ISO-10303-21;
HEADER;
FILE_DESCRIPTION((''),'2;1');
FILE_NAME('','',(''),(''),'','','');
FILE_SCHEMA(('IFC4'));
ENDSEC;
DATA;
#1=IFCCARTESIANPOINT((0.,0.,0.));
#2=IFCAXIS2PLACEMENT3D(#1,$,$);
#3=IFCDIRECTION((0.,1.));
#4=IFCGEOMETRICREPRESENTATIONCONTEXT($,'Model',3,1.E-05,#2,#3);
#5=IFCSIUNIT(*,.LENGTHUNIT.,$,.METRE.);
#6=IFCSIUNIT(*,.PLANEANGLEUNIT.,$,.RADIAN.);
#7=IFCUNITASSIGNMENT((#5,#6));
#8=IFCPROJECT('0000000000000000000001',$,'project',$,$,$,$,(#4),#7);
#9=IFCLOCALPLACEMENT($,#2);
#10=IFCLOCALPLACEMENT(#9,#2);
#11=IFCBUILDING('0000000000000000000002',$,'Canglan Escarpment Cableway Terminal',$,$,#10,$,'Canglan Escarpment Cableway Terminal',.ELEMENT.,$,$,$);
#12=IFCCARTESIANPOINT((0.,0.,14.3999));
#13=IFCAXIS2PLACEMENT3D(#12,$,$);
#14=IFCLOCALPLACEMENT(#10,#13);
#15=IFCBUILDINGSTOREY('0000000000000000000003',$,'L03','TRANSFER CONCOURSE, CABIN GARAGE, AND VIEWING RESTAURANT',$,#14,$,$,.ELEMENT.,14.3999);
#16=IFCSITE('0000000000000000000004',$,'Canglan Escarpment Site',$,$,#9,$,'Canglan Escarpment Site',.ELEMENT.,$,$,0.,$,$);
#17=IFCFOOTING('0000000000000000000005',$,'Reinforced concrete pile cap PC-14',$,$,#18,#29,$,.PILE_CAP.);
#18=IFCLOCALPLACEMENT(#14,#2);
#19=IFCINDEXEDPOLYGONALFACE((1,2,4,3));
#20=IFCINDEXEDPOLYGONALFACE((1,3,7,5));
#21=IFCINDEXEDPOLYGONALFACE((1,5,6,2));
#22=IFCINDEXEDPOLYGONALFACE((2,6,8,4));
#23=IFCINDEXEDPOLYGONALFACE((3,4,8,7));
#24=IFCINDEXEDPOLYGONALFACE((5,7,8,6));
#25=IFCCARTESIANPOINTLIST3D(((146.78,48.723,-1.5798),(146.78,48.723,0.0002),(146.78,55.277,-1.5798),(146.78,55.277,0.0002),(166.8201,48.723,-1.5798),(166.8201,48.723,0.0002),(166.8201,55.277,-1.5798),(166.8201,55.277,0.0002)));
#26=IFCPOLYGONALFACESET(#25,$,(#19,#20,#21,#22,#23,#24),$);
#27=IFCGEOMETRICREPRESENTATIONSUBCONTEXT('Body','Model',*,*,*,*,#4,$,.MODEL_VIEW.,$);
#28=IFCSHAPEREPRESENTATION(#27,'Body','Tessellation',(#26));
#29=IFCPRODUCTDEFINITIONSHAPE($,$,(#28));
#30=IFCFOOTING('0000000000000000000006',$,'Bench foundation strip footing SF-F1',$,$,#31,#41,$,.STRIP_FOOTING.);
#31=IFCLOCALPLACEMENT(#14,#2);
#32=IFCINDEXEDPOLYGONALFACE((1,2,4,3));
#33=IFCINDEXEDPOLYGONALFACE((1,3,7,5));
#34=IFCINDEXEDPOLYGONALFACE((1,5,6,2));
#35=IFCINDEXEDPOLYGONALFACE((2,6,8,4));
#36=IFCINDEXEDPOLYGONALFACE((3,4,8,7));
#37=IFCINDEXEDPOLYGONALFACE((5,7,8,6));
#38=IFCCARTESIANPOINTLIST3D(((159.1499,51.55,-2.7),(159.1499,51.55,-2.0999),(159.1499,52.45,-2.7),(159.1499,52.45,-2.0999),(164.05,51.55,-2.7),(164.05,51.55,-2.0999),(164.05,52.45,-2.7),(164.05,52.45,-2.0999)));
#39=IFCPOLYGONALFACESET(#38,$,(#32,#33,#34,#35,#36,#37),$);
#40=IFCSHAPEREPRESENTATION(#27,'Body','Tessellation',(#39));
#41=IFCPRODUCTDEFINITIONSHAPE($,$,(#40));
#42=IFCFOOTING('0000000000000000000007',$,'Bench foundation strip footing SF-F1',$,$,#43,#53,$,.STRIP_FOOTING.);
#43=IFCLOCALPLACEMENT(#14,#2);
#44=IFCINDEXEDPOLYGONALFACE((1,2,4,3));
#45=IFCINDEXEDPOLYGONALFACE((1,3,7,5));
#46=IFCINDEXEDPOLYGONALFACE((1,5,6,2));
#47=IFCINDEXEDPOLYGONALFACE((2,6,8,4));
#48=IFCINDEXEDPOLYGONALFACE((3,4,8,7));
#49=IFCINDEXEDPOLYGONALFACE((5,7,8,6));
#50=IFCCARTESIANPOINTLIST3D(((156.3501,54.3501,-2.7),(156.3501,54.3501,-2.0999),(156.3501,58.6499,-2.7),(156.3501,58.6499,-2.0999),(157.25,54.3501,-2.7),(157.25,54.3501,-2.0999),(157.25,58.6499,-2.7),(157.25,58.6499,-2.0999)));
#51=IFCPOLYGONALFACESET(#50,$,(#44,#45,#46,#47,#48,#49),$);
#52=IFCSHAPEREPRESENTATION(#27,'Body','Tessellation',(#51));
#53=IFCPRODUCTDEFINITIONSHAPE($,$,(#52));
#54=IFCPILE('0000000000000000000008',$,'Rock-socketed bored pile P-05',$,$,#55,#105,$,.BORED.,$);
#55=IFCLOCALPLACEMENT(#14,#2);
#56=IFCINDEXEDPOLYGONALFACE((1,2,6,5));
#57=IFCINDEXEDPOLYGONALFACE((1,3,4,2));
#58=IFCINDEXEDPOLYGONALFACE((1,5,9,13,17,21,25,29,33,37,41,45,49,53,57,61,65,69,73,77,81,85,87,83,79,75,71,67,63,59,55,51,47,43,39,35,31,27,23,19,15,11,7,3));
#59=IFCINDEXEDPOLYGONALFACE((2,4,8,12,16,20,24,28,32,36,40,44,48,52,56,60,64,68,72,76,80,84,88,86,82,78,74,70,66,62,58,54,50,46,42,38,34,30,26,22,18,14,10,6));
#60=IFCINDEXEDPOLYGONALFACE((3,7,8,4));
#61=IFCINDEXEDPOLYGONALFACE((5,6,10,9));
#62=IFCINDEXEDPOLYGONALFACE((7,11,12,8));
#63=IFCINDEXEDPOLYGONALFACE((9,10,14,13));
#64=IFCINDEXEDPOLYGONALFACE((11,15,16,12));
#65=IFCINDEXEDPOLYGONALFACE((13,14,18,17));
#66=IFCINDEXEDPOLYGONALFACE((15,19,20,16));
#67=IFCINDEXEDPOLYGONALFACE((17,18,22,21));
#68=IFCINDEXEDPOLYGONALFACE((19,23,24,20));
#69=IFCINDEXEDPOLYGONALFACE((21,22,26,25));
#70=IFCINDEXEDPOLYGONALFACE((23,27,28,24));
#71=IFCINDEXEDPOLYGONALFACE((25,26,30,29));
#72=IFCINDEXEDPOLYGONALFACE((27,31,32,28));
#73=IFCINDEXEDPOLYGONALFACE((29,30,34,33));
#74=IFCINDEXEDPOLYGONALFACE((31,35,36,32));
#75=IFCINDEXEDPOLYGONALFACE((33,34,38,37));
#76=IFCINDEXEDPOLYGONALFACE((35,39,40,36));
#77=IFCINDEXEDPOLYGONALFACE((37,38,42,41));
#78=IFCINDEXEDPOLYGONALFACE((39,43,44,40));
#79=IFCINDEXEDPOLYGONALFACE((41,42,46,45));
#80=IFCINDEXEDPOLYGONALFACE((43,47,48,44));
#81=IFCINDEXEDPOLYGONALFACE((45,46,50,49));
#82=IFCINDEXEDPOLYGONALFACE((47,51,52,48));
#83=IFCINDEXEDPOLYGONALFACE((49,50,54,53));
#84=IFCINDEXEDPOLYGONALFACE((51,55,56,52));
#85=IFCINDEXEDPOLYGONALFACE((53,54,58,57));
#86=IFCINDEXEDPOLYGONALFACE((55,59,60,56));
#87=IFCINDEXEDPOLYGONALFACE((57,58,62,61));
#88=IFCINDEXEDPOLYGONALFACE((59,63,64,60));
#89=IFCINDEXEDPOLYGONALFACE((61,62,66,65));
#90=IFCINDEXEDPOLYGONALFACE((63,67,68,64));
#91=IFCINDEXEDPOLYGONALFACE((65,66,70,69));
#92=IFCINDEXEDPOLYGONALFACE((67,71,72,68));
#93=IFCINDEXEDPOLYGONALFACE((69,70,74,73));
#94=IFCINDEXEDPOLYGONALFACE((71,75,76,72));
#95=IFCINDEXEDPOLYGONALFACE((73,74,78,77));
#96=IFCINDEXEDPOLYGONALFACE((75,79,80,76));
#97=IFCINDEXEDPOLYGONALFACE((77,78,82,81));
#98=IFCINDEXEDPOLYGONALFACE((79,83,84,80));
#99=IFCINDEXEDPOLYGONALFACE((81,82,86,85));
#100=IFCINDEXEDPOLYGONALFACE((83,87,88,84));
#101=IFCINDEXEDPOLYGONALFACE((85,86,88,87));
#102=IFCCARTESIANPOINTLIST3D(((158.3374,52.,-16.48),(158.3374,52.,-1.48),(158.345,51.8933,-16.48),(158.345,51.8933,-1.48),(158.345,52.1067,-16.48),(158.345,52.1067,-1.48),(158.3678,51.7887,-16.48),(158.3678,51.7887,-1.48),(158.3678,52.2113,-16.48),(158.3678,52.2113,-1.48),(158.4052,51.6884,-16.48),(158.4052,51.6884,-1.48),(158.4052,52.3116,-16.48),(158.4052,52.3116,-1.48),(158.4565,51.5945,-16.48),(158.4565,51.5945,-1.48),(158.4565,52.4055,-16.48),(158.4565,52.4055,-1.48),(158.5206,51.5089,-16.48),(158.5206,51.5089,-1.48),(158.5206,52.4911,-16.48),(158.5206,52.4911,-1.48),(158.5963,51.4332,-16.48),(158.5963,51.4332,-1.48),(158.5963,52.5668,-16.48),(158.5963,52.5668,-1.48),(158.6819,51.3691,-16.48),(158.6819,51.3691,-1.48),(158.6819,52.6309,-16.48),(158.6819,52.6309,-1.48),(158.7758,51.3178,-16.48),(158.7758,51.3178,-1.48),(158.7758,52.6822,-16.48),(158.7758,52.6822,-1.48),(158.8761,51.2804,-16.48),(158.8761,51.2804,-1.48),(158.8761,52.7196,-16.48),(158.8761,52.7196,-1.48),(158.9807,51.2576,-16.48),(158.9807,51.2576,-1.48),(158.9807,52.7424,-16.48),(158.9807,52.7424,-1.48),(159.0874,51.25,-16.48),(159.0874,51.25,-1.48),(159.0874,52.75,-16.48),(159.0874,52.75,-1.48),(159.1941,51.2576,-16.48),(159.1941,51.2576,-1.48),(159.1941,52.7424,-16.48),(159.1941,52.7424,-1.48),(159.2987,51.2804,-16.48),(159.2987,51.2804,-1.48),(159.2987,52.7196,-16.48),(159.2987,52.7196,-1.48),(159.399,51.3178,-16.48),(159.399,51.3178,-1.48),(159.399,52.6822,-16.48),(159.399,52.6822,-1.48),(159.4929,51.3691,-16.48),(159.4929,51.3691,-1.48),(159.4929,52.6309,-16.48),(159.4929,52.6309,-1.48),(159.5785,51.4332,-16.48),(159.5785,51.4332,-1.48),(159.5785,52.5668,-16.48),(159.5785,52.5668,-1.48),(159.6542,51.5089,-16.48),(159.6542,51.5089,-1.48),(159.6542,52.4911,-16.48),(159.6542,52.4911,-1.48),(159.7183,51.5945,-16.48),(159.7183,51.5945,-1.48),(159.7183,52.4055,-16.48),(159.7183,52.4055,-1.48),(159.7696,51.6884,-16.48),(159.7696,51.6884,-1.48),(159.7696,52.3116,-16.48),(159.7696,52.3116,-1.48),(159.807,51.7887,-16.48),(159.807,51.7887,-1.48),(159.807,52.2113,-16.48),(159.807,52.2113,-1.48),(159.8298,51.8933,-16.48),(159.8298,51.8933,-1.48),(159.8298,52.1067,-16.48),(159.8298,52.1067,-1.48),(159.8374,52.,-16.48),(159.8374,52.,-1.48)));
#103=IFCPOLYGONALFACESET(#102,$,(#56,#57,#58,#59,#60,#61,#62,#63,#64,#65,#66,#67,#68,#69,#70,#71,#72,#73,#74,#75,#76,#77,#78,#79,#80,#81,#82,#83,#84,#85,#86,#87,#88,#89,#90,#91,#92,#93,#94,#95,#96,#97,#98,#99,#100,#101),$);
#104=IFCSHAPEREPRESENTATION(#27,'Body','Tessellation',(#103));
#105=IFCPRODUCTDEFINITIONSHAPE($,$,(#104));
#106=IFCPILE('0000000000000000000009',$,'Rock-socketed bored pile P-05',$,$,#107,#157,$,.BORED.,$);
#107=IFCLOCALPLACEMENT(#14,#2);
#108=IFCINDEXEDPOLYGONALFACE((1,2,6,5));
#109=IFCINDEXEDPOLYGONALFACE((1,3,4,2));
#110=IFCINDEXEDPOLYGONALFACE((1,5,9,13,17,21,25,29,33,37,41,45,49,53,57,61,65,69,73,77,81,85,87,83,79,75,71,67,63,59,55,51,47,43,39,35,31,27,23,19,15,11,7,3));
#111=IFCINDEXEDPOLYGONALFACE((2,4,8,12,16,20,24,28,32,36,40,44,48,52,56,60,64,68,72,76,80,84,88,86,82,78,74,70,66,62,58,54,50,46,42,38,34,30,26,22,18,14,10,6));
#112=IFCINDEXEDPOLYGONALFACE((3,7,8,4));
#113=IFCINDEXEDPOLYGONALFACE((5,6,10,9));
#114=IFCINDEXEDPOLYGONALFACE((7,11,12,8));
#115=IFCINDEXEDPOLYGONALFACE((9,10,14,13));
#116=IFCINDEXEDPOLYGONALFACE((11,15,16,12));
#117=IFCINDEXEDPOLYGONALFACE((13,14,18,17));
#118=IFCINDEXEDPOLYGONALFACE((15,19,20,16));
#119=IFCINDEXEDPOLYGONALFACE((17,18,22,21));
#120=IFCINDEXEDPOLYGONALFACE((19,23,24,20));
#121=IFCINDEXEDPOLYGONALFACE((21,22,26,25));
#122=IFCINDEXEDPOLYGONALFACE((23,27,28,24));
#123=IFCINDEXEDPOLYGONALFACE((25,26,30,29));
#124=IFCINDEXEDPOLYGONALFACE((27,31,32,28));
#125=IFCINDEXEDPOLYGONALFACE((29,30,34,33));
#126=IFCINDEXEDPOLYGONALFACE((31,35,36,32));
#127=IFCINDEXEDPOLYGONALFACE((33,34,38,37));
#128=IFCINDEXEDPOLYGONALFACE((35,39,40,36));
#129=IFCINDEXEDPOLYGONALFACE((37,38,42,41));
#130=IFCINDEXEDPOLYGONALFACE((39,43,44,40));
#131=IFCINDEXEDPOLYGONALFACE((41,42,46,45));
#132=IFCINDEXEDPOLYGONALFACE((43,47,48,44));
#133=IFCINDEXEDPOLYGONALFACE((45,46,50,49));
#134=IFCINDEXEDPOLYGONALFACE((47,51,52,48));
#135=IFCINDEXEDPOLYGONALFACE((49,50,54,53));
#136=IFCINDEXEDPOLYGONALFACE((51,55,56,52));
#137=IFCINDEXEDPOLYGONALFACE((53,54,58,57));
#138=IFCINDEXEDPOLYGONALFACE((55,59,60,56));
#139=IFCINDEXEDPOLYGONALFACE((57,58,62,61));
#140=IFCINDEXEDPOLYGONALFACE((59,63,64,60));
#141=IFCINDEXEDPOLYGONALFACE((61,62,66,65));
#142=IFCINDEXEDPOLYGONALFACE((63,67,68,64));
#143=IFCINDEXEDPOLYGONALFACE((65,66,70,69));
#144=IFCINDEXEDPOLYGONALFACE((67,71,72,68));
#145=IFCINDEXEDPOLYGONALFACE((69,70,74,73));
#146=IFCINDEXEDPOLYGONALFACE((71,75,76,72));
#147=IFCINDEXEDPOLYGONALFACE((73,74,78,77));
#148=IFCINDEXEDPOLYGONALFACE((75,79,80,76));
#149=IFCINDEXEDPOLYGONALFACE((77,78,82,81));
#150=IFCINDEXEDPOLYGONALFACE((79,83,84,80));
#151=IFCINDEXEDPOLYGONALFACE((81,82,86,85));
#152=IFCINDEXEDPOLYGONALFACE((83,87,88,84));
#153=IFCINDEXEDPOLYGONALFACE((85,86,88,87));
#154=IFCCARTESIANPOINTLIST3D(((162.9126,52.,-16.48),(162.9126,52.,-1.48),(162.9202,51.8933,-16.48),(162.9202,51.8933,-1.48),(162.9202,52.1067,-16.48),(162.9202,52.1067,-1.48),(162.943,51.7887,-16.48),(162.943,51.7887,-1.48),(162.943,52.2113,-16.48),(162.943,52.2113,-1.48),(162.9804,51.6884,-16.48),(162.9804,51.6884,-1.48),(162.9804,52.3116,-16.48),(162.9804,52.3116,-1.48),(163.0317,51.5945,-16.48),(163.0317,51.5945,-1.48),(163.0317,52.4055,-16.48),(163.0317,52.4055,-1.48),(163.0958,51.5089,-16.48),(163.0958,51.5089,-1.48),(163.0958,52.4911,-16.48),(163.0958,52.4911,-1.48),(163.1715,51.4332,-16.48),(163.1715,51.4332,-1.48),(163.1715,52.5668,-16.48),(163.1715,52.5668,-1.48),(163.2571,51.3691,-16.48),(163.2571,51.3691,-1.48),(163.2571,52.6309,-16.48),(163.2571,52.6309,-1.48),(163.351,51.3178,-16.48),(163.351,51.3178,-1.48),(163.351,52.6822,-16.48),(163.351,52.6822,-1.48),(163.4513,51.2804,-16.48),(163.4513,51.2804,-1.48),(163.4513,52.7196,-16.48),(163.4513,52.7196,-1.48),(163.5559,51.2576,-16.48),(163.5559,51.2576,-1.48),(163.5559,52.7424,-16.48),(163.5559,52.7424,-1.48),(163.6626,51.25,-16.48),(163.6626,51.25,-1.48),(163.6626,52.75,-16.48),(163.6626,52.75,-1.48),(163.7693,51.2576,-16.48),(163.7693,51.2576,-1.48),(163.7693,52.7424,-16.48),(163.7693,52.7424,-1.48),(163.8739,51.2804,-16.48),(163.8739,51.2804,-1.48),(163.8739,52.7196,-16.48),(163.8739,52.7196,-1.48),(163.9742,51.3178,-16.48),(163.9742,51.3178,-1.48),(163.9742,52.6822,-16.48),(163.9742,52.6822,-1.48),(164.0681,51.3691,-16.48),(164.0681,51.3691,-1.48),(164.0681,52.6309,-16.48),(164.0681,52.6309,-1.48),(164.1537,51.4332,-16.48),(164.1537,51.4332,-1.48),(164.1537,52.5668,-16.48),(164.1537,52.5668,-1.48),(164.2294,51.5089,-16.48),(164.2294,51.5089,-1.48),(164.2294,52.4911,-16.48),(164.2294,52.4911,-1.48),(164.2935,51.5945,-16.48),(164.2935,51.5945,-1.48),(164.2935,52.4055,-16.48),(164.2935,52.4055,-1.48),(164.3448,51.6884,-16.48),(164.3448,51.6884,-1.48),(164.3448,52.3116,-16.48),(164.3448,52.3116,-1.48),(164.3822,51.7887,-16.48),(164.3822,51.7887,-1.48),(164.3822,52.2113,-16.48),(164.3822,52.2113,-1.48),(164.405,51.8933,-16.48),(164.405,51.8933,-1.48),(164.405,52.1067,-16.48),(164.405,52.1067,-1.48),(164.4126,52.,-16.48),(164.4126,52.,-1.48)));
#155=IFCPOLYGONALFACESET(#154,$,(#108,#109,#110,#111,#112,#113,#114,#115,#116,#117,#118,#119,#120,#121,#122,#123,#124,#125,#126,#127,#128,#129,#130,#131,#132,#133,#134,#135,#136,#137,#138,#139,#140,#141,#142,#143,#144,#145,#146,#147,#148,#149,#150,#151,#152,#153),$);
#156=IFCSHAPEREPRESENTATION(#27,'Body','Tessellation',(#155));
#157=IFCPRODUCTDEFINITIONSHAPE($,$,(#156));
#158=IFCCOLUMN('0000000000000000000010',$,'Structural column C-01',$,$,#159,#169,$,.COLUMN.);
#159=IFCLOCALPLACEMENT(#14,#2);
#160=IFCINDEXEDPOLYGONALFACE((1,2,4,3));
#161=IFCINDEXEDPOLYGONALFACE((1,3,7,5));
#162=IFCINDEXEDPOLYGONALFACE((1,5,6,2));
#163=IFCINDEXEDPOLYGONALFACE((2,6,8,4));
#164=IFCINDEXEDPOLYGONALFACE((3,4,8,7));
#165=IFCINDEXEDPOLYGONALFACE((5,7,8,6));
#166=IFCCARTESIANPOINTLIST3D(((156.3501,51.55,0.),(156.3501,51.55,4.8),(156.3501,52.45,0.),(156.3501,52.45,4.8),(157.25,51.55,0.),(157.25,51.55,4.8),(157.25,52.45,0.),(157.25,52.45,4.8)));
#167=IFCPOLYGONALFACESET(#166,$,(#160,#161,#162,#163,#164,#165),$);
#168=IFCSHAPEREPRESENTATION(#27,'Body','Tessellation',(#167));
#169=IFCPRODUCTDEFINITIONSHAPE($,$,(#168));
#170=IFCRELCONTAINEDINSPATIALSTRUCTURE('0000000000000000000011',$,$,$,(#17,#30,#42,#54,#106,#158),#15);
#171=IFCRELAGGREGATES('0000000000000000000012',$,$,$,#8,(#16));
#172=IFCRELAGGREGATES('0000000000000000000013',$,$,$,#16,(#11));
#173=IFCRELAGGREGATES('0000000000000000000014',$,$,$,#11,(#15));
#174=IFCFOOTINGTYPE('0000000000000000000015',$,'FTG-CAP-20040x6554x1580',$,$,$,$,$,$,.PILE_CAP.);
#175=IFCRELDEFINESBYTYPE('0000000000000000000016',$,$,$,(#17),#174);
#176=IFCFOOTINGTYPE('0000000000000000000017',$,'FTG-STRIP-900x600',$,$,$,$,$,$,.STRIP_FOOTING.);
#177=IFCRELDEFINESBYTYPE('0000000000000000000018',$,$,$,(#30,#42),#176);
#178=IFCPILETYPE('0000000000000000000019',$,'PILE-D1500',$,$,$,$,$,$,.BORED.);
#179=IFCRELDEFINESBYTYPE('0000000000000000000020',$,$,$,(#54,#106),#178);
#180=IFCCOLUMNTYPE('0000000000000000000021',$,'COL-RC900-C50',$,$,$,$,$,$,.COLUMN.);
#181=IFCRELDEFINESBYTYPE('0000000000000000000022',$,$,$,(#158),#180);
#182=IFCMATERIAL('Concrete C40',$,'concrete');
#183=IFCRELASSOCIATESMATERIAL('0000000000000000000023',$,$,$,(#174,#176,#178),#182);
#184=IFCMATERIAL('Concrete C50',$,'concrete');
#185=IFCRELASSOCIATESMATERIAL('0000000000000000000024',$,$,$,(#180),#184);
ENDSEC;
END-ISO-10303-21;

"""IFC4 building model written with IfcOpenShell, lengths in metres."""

from ifc_helpers import new_model, si_unit, direction, frame, origin, origin_2d, place, context, subcontext, project, spatial, rectangle, circle, extrude, material, material_profile, profile_set, type_object, element, save


model = new_model("IFC4")

# Units and contexts
model_context = context("Model", 3, precision=1e-05, world=origin(), true_north=direction((0.0, 1.0)))
body_context = subcontext(model_context, "Body", "Model", "MODEL_VIEW")
ifc_project = project(units=[si_unit("LENGTHUNIT", "METRE"), si_unit("PLANEANGLEUNIT", "RADIAN")], contexts=[model_context])

# Site, building, storey
site_placement = place(None, origin())
site = spatial("IfcSite", under=ifc_project, at=site_placement, Name="Canglan Escarpment Site", LongName="Canglan Escarpment Site", CompositionType="ELEMENT", RefElevation=0.0)
building_placement = place(site_placement, origin())
building = spatial("IfcBuilding", under=site, at=building_placement, Name="Canglan Escarpment Cableway Terminal", LongName="Canglan Escarpment Cableway Terminal", CompositionType="ELEMENT")
storey_placement = place(building_placement, frame((0.0, 0.0, 14.3999)))
storey = spatial("IfcBuildingStorey", under=building, at=storey_placement, Name="L03", Description="TRANSFER CONCOURSE, CABIN GARAGE, AND VIEWING RESTAURANT", CompositionType="ELEMENT", Elevation=14.3999)

# Footings
ifc_material_1 = material(Name="Concrete C40", Category="concrete")
footing_type_1 = type_object("IfcFootingType", Name="FTG-CAP-20040x6554x1580", PredefinedType="PILE_CAP", material=ifc_material_1)
footing_1_placement = place(storey_placement, frame((156.8, 52.0, -1.5798), z_axis=(0.0, 0.0, 1.0), x_axis=(1.0, 0.0, 0.0)))
element("IfcFooting", 1, at=footing_1_placement, inside=storey, type_object=footing_type_1, Name="Reinforced concrete pile cap PC-14", PredefinedType="PILE_CAP", context=body_context, shape_type="SweptSolid", body=[
    extrude(rectangle(XDim=20.04, YDim=6.554, at=origin_2d()), origin(), (0.0, 0.0, 1.0), 1.5801),
])
ifc_material_profile_1 = material_profile(ifc_material_1, rectangle(XDim=0.8999, YDim=0.6001, at=origin_2d()), Name="SF 900x600")
ifc_profile_set_1 = profile_set([ifc_material_profile_1], Name="Concrete C40")
footing_type_2 = type_object("IfcFootingType", Name="FTG-STRIP-900x600", PredefinedType="STRIP_FOOTING", material=ifc_profile_set_1)
footing_2_placement = place(storey_placement, frame((159.1499, 52.0, -2.3999), z_axis=(1.0, 0.0, 0.0), x_axis=(0.0, 1.0, 0.0)))
element("IfcFooting", 2, at=footing_2_placement, inside=storey, type_object=footing_type_2, Name="Bench foundation strip footing SF-F1", PredefinedType="STRIP_FOOTING", context=body_context, shape_type="SweptSolid", body=[
    extrude(rectangle(XDim=0.8999, YDim=0.6001, at=origin_2d()), origin(), (0.0, 0.0, 1.0), 4.9001),
])
footing_3_placement = place(storey_placement, frame((156.8, 54.3501, -2.3999), z_axis=(0.0, 1.0, 0.0), x_axis=(-1.0, 0.0, 0.0)))
element("IfcFooting", 3, at=footing_3_placement, inside=storey, type_object=footing_type_2, Name="Bench foundation strip footing SF-F1", PredefinedType="STRIP_FOOTING", context=body_context, shape_type="SweptSolid", body=[
    extrude(rectangle(XDim=0.8999, YDim=0.6001, at=origin_2d()), origin(), (0.0, 0.0, 1.0), 4.2998),
])

# Piles
ifc_material_profile_2 = material_profile(ifc_material_1, circle(Radius=0.75, at=origin_2d()), Name="BORED PILE D1500")
ifc_profile_set_2 = profile_set([ifc_material_profile_2], Name="Concrete C40")
pile_type = type_object("IfcPileType", Name="PILE-D1500", PredefinedType="BORED", material=ifc_profile_set_2)
for number, where, z_axis, x_axis, name in (
    (4, (159.0874, 52.0, -1.48), (0.0, 0.0, -1.0), (1.0, 0.0, 0.0), "Rock-socketed bored pile P-05"),
    (5, (163.6626, 52.0, -1.48), (0.0, 0.0, -1.0), (1.0, 0.0, 0.0), "Rock-socketed bored pile P-05"),
):
    element("IfcPile", number, at=place(storey_placement, frame(where, z_axis=z_axis, x_axis=x_axis)), inside=storey, type_object=pile_type, Name=name, PredefinedType="BORED", context=body_context, shape_type="SweptSolid", body=[
        extrude(circle(Radius=0.75, at=origin_2d()), origin(), (0.0, 0.0, 1.0), 15.0),
    ])

# Column
ifc_material_2 = material(Name="Concrete C50", Category="concrete")
ifc_material_profile_3 = material_profile(ifc_material_2, rectangle(XDim=0.8999, YDim=0.8999, at=origin_2d()), Name="RC 900x900")
ifc_profile_set_3 = profile_set([ifc_material_profile_3], Name="Concrete C50")
column_type = type_object("IfcColumnType", Name="COL-RC900-C50", PredefinedType="COLUMN", material=ifc_profile_set_3)
column_placement = place(storey_placement, frame((156.8, 52.0, 0.0), z_axis=(0.0, 0.0, 1.0), x_axis=(1.0, 0.0, 0.0)))
element("IfcColumn", 6, at=column_placement, inside=storey, type_object=column_type, Name="Structural column C-01", PredefinedType="COLUMN", context=body_context, shape_type="SweptSolid", body=[
    extrude(rectangle(XDim=0.8999, YDim=0.8999, at=origin_2d()), origin(), (0.0, 0.0, 1.0), 4.8),
])

save(model, "model.ifc")
